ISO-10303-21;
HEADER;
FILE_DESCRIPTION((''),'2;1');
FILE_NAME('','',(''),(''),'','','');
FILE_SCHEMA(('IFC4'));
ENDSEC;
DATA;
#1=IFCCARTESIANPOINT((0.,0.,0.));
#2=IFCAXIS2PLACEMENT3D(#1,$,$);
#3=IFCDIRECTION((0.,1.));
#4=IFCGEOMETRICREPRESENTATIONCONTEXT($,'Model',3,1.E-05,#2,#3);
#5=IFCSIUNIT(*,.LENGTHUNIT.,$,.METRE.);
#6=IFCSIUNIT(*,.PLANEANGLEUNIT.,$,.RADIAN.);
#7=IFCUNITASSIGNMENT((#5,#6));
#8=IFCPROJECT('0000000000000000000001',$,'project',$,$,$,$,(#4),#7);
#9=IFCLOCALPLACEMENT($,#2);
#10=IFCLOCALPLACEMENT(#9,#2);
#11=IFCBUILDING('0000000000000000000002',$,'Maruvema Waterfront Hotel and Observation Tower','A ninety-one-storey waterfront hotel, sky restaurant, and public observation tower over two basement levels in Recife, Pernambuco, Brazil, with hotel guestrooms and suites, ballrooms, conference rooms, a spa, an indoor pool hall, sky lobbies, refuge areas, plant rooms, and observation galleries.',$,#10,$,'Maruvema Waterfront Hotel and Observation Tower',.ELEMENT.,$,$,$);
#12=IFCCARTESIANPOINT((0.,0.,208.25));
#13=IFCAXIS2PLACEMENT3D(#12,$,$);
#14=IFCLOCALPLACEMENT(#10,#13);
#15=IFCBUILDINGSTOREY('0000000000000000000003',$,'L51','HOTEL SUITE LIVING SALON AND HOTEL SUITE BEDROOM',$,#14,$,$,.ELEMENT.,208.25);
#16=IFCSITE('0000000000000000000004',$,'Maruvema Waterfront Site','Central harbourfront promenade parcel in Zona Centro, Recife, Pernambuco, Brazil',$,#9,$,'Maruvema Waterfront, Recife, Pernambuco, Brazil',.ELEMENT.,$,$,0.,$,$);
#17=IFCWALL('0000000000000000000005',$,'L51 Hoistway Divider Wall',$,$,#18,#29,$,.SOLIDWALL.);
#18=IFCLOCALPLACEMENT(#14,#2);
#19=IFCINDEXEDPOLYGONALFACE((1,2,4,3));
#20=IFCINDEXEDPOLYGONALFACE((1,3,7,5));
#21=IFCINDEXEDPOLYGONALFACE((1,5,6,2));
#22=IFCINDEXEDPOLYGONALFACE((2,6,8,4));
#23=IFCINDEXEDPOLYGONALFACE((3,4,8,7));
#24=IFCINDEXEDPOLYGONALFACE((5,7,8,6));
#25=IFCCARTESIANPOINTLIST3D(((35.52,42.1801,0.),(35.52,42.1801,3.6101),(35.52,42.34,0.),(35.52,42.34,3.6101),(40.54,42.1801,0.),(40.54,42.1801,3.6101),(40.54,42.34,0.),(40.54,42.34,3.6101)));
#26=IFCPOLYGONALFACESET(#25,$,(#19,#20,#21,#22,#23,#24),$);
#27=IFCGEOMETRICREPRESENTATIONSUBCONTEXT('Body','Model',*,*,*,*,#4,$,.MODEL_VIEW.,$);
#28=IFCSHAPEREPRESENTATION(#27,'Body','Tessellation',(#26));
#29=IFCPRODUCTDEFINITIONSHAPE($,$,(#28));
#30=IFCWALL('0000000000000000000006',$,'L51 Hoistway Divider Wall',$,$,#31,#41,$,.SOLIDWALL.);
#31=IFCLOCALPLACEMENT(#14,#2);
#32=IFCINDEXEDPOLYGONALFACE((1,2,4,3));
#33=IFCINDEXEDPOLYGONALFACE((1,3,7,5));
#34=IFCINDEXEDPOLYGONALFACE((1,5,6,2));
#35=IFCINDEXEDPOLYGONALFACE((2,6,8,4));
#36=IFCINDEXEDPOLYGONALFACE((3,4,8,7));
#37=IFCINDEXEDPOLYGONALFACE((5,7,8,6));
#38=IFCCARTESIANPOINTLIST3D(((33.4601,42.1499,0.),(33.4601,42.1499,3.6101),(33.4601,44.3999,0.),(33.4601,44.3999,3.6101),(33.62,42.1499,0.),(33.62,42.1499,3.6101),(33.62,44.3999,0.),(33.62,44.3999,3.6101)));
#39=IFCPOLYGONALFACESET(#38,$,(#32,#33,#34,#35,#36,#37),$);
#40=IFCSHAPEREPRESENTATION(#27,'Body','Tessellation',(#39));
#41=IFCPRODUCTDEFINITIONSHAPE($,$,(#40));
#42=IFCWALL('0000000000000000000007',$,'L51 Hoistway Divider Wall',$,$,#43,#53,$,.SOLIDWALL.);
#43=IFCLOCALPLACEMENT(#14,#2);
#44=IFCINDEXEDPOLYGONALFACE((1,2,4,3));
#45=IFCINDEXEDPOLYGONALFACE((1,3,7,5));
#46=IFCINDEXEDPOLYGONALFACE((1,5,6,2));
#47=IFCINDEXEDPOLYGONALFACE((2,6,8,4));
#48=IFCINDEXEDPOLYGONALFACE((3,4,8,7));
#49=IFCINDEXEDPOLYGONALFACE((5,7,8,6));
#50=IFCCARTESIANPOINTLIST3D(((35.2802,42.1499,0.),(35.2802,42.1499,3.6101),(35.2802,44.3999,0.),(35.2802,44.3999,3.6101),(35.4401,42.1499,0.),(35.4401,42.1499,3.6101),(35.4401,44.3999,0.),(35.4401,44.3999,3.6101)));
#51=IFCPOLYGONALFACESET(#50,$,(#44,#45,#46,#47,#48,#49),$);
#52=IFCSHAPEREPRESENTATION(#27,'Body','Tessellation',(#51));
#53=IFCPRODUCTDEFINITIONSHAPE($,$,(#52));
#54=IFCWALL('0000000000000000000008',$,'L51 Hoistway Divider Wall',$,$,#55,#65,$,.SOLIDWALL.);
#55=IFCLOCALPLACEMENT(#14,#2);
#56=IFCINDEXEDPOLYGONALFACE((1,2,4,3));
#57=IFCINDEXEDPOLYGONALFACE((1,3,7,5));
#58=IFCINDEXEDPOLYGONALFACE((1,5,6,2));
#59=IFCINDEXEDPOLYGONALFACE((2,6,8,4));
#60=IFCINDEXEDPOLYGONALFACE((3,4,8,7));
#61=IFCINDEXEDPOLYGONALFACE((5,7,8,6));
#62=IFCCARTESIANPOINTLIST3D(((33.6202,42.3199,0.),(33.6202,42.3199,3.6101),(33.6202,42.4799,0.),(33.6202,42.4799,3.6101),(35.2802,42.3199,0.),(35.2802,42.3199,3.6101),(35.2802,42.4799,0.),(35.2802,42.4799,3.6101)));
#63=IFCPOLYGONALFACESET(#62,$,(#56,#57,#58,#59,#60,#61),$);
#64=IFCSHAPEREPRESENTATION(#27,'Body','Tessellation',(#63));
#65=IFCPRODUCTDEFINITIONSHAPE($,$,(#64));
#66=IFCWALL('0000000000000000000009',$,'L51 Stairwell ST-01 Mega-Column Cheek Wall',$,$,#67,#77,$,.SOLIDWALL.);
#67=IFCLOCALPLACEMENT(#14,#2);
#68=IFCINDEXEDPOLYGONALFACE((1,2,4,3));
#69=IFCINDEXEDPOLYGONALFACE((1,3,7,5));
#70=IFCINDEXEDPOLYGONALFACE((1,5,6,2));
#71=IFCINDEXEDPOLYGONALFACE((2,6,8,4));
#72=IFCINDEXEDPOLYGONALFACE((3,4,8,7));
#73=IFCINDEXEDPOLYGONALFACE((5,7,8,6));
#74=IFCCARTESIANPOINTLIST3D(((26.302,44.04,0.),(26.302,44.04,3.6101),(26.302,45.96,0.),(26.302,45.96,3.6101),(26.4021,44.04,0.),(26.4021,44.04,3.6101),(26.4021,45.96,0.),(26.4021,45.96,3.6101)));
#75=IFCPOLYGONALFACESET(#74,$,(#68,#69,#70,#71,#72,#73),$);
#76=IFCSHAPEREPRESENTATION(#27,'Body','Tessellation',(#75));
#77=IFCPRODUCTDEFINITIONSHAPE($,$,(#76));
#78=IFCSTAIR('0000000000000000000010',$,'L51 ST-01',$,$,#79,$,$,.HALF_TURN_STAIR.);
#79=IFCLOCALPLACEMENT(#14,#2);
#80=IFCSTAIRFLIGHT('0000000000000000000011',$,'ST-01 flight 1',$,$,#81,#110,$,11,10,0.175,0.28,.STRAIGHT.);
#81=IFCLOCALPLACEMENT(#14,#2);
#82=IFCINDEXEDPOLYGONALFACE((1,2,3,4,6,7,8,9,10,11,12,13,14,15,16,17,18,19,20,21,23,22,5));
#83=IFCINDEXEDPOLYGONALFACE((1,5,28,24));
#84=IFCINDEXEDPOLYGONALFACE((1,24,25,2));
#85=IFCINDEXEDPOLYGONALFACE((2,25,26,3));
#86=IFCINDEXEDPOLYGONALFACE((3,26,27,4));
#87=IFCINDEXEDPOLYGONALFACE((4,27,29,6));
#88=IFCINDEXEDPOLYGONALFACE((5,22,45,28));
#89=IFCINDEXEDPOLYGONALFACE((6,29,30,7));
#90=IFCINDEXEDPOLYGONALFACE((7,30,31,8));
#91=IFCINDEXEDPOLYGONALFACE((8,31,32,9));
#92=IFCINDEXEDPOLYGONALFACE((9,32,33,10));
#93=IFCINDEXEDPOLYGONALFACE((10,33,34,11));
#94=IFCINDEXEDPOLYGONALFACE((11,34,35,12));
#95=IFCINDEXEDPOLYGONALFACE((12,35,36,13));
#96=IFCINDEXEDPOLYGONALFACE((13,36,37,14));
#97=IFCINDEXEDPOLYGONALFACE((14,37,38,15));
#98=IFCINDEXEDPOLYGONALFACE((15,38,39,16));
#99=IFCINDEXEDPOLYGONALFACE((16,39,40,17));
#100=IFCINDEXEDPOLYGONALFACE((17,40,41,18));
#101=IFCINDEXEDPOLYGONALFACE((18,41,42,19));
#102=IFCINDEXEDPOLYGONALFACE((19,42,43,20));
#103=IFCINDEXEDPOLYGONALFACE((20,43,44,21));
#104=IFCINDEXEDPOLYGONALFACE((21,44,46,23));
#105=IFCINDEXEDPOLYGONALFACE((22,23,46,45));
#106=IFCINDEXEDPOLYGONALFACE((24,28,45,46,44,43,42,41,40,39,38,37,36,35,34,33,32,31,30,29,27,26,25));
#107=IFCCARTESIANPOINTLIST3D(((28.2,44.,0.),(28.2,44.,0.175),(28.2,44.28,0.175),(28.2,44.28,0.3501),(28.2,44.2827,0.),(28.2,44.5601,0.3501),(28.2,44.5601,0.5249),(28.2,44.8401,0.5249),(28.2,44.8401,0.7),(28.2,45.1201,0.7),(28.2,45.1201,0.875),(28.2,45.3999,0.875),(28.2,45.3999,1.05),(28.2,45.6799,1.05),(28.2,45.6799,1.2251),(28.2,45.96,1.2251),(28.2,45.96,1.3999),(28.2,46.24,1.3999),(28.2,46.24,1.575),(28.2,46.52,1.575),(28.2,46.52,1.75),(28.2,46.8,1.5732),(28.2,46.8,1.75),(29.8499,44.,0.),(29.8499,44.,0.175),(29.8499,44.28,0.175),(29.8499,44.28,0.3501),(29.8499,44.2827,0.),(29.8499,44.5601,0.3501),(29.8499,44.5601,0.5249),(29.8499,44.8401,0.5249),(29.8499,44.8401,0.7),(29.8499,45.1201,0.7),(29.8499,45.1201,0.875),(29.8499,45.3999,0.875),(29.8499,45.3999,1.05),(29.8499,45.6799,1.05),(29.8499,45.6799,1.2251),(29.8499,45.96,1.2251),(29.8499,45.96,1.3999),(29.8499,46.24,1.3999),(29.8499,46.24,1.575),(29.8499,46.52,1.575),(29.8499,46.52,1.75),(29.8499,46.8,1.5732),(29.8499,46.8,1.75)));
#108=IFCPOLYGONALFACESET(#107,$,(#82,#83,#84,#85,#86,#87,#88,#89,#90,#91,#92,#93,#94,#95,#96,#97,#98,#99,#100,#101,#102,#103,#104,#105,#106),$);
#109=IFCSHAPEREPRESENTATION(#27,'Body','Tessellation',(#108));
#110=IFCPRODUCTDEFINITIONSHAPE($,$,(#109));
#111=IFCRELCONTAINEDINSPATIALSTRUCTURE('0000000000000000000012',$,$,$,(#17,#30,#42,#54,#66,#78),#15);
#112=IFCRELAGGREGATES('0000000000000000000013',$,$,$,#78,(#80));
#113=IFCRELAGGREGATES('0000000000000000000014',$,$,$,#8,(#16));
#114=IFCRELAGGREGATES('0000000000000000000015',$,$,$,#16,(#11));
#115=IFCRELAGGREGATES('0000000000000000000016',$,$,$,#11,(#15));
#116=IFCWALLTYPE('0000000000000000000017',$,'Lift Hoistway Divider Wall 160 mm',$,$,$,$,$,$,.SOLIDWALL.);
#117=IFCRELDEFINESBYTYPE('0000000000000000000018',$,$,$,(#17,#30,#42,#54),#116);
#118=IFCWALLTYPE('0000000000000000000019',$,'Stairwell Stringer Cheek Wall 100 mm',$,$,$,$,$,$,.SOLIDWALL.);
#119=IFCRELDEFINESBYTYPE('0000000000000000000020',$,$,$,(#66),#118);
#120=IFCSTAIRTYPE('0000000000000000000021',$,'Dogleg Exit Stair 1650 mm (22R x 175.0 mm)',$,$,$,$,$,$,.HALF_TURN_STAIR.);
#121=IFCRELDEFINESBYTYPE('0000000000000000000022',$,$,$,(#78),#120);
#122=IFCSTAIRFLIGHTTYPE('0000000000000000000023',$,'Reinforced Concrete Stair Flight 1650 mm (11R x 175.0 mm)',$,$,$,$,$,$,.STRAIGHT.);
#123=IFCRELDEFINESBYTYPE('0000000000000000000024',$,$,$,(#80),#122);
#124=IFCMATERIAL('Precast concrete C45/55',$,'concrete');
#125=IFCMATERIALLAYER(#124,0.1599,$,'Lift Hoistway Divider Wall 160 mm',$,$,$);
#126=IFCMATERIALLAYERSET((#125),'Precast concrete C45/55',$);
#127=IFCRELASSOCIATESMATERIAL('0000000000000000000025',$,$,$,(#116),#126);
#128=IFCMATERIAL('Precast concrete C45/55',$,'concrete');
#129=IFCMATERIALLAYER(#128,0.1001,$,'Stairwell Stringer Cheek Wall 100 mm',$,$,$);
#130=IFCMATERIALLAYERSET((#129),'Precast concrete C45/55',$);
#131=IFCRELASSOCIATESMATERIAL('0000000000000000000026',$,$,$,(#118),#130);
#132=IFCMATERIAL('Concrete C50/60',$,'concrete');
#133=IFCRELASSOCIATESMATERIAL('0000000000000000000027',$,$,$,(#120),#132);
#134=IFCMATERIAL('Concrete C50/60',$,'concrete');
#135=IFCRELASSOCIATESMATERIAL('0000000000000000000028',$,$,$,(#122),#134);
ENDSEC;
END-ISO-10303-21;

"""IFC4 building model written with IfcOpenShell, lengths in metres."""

from ifc_helpers import new_model, si_unit, direction, frame, frame_2d, origin, place, context, subcontext, project, spatial, polyline, rectangle, outline, extrude, material, layer, layer_set, type_object, element, aggregate, save


model = new_model("IFC4")

# Units and contexts
model_context = context("Model", 3, precision=1e-05, world=origin(), true_north=direction((0.0, 1.0)))
body_context = subcontext(model_context, "Body", "Model", "MODEL_VIEW")
ifc_project = project(units=[si_unit("LENGTHUNIT", "METRE"), si_unit("PLANEANGLEUNIT", "RADIAN")], contexts=[model_context])

# Site, building, storey
site_placement = place(None, origin())
site = spatial("IfcSite", under=ifc_project, at=site_placement, Name="Maruvema Waterfront Site", Description="Central harbourfront promenade parcel in Zona Centro, Recife, Pernambuco, Brazil", LongName="Maruvema Waterfront, Recife, Pernambuco, Brazil", CompositionType="ELEMENT", RefElevation=0.0)
building_placement = place(site_placement, origin())
building = spatial("IfcBuilding", under=site, at=building_placement, Name="Maruvema Waterfront Hotel and Observation Tower", Description="A ninety-one-storey waterfront hotel, sky restaurant, and public observation tower over two basement levels in Recife, Pernambuco, Brazil, with hotel guestrooms and suites, ballrooms, conference rooms, a spa, an indoor pool hall, sky lobbies, refuge areas, plant rooms, and observation galleries.", LongName="Maruvema Waterfront Hotel and Observation Tower", CompositionType="ELEMENT")
storey_placement = place(building_placement, frame((0.0, 0.0, 208.25)))
storey = spatial("IfcBuildingStorey", under=building, at=storey_placement, Name="L51", Description="HOTEL SUITE LIVING SALON AND HOTEL SUITE BEDROOM", CompositionType="ELEMENT", Elevation=208.25)

# Walls
ifc_material_1 = material(Name="Precast concrete C45/55", Category="concrete")
ifc_layer_1 = layer(ifc_material_1, 0.1599, Name="Lift Hoistway Divider Wall 160 mm")
ifc_layer_set_1 = layer_set([ifc_layer_1], Name="Precast concrete C45/55")
wall_type_1 = type_object("IfcWallType", Name="Lift Hoistway Divider Wall 160 mm", PredefinedType="SOLIDWALL", material=ifc_layer_set_1)
wall_1_placement = place(storey_placement, frame((35.52, 42.26, 0.0), z_axis=(0.0, 0.0, 1.0), x_axis=(1.0, 0.0, 0.0)))
element("IfcWall", 1, at=wall_1_placement, inside=storey, type_object=wall_type_1, Name="L51 Hoistway Divider Wall", PredefinedType="SOLIDWALL", context=body_context, shape_type="SweptSolid", body=[
    extrude(rectangle(XDim=5.02, YDim=0.1599, at=frame_2d((2.51, 0.0))), origin(), (0.0, 0.0, 1.0), 3.6101),
])
for number, where, z_axis, x_axis, name in (
    (2, (33.54, 42.1499, 0.0), (0.0, 0.0, 1.0), (0.0, 1.0, 0.0), "L51 Hoistway Divider Wall"),
    (3, (35.3601, 42.1499, 0.0), (0.0, 0.0, 1.0), (0.0, 1.0, 0.0), "L51 Hoistway Divider Wall"),
):
    element("IfcWall", number, at=place(storey_placement, frame(where, z_axis=z_axis, x_axis=x_axis)), inside=storey, type_object=wall_type_1, Name=name, PredefinedType="SOLIDWALL", context=body_context, shape_type="SweptSolid", body=[
        extrude(rectangle(XDim=2.25, YDim=0.1599, at=frame_2d((1.125, 0.0))), origin(), (0.0, 0.0, 1.0), 3.6101),
    ])
wall_2_placement = place(storey_placement, frame((33.6201, 42.3999, 0.0), z_axis=(0.0, 0.0, 1.0), x_axis=(1.0, 0.0, 0.0)))
element("IfcWall", 4, at=wall_2_placement, inside=storey, type_object=wall_type_1, Name="L51 Hoistway Divider Wall", PredefinedType="SOLIDWALL", context=body_context, shape_type="SweptSolid", body=[
    extrude(rectangle(XDim=1.6599, YDim=0.1599, at=frame_2d((0.8301, 0.0))), origin(), (0.0, 0.0, 1.0), 3.6101),
])
ifc_material_2 = material(Name="Precast concrete C45/55", Category="concrete")
ifc_layer_2 = layer(ifc_material_2, 0.1001, Name="Stairwell Stringer Cheek Wall 100 mm")
ifc_layer_set_2 = layer_set([ifc_layer_2], Name="Precast concrete C45/55")
wall_type_2 = type_object("IfcWallType", Name="Stairwell Stringer Cheek Wall 100 mm", PredefinedType="SOLIDWALL", material=ifc_layer_set_2)
wall_3_placement = place(storey_placement, frame((26.3521, 44.04, 0.0), z_axis=(0.0, 0.0, 1.0), x_axis=(0.0, 1.0, 0.0)))
element("IfcWall", 5, at=wall_3_placement, inside=storey, type_object=wall_type_2, Name="L51 Stairwell ST-01 Mega-Column Cheek Wall", PredefinedType="SOLIDWALL", context=body_context, shape_type="SweptSolid", body=[
    extrude(rectangle(XDim=1.9199, YDim=0.1001, at=frame_2d((0.96, 0.0))), origin(), (0.0, 0.0, 1.0), 3.6101),
])

# Stair, stair flight
ifc_material_3 = material(Name="Concrete C50/60", Category="concrete")
stair_type = type_object("IfcStairType", Name="Dogleg Exit Stair 1650 mm (22R x 175.0 mm)", PredefinedType="HALF_TURN_STAIR", material=ifc_material_3)
stair_placement = place(storey_placement, origin())
stair = element("IfcStair", 6, at=stair_placement, inside=storey, type_object=stair_type, Name="L51 ST-01", PredefinedType="HALF_TURN_STAIR")
ifc_material_4 = material(Name="Concrete C50/60", Category="concrete")
stair_flight_type = type_object("IfcStairFlightType", Name="Reinforced Concrete Stair Flight 1650 mm (11R x 175.0 mm)", PredefinedType="STRAIGHT", material=ifc_material_4)
stair_flight_placement = place(storey_placement, frame((29.0249, 44.0, 0.0), z_axis=(0.0, 0.0, 1.0), x_axis=(0.0, 1.0, 0.0)))
stair_flight = element("IfcStairFlight", 7, at=stair_flight_placement, type_object=stair_flight_type, Name="ST-01 flight 1", NumberOfRisers=11, NumberOfTreads=10, PredefinedType="STRAIGHT", RiserHeight=0.175, TreadLength=0.28, context=body_context, shape_type="SweptSolid", body=[
    extrude(outline(polyline([(0.0, 0.0), (0.0, 0.175), (0.28, 0.175), (0.28, 0.3501), (0.5601, 0.3501), (0.5601, 0.5249), (0.8401, 0.5249), (0.8401, 0.7), (1.1201, 0.7), (1.1201, 0.875), (1.3999, 0.875), (1.3999, 1.05), (1.6799, 1.05), (1.6799, 1.2251), (1.96, 1.2251), (1.96, 1.3999), (2.24, 1.3999), (2.24, 1.575), (2.52, 1.575), (2.52, 1.75), (2.8, 1.75), (2.8, 1.925), (2.8, 1.5732), (0.2827, 0.0), (0.0, 0.0)])), frame((0.0, 0.825, 0.0), z_axis=(0.0, -1.0, 0.0), x_axis=(1.0, 0.0, 0.0)), (0.0, 0.0, 1.0), 1.6499),
])
aggregate(stair, [stair_flight])

save(model, "model.ifc")
